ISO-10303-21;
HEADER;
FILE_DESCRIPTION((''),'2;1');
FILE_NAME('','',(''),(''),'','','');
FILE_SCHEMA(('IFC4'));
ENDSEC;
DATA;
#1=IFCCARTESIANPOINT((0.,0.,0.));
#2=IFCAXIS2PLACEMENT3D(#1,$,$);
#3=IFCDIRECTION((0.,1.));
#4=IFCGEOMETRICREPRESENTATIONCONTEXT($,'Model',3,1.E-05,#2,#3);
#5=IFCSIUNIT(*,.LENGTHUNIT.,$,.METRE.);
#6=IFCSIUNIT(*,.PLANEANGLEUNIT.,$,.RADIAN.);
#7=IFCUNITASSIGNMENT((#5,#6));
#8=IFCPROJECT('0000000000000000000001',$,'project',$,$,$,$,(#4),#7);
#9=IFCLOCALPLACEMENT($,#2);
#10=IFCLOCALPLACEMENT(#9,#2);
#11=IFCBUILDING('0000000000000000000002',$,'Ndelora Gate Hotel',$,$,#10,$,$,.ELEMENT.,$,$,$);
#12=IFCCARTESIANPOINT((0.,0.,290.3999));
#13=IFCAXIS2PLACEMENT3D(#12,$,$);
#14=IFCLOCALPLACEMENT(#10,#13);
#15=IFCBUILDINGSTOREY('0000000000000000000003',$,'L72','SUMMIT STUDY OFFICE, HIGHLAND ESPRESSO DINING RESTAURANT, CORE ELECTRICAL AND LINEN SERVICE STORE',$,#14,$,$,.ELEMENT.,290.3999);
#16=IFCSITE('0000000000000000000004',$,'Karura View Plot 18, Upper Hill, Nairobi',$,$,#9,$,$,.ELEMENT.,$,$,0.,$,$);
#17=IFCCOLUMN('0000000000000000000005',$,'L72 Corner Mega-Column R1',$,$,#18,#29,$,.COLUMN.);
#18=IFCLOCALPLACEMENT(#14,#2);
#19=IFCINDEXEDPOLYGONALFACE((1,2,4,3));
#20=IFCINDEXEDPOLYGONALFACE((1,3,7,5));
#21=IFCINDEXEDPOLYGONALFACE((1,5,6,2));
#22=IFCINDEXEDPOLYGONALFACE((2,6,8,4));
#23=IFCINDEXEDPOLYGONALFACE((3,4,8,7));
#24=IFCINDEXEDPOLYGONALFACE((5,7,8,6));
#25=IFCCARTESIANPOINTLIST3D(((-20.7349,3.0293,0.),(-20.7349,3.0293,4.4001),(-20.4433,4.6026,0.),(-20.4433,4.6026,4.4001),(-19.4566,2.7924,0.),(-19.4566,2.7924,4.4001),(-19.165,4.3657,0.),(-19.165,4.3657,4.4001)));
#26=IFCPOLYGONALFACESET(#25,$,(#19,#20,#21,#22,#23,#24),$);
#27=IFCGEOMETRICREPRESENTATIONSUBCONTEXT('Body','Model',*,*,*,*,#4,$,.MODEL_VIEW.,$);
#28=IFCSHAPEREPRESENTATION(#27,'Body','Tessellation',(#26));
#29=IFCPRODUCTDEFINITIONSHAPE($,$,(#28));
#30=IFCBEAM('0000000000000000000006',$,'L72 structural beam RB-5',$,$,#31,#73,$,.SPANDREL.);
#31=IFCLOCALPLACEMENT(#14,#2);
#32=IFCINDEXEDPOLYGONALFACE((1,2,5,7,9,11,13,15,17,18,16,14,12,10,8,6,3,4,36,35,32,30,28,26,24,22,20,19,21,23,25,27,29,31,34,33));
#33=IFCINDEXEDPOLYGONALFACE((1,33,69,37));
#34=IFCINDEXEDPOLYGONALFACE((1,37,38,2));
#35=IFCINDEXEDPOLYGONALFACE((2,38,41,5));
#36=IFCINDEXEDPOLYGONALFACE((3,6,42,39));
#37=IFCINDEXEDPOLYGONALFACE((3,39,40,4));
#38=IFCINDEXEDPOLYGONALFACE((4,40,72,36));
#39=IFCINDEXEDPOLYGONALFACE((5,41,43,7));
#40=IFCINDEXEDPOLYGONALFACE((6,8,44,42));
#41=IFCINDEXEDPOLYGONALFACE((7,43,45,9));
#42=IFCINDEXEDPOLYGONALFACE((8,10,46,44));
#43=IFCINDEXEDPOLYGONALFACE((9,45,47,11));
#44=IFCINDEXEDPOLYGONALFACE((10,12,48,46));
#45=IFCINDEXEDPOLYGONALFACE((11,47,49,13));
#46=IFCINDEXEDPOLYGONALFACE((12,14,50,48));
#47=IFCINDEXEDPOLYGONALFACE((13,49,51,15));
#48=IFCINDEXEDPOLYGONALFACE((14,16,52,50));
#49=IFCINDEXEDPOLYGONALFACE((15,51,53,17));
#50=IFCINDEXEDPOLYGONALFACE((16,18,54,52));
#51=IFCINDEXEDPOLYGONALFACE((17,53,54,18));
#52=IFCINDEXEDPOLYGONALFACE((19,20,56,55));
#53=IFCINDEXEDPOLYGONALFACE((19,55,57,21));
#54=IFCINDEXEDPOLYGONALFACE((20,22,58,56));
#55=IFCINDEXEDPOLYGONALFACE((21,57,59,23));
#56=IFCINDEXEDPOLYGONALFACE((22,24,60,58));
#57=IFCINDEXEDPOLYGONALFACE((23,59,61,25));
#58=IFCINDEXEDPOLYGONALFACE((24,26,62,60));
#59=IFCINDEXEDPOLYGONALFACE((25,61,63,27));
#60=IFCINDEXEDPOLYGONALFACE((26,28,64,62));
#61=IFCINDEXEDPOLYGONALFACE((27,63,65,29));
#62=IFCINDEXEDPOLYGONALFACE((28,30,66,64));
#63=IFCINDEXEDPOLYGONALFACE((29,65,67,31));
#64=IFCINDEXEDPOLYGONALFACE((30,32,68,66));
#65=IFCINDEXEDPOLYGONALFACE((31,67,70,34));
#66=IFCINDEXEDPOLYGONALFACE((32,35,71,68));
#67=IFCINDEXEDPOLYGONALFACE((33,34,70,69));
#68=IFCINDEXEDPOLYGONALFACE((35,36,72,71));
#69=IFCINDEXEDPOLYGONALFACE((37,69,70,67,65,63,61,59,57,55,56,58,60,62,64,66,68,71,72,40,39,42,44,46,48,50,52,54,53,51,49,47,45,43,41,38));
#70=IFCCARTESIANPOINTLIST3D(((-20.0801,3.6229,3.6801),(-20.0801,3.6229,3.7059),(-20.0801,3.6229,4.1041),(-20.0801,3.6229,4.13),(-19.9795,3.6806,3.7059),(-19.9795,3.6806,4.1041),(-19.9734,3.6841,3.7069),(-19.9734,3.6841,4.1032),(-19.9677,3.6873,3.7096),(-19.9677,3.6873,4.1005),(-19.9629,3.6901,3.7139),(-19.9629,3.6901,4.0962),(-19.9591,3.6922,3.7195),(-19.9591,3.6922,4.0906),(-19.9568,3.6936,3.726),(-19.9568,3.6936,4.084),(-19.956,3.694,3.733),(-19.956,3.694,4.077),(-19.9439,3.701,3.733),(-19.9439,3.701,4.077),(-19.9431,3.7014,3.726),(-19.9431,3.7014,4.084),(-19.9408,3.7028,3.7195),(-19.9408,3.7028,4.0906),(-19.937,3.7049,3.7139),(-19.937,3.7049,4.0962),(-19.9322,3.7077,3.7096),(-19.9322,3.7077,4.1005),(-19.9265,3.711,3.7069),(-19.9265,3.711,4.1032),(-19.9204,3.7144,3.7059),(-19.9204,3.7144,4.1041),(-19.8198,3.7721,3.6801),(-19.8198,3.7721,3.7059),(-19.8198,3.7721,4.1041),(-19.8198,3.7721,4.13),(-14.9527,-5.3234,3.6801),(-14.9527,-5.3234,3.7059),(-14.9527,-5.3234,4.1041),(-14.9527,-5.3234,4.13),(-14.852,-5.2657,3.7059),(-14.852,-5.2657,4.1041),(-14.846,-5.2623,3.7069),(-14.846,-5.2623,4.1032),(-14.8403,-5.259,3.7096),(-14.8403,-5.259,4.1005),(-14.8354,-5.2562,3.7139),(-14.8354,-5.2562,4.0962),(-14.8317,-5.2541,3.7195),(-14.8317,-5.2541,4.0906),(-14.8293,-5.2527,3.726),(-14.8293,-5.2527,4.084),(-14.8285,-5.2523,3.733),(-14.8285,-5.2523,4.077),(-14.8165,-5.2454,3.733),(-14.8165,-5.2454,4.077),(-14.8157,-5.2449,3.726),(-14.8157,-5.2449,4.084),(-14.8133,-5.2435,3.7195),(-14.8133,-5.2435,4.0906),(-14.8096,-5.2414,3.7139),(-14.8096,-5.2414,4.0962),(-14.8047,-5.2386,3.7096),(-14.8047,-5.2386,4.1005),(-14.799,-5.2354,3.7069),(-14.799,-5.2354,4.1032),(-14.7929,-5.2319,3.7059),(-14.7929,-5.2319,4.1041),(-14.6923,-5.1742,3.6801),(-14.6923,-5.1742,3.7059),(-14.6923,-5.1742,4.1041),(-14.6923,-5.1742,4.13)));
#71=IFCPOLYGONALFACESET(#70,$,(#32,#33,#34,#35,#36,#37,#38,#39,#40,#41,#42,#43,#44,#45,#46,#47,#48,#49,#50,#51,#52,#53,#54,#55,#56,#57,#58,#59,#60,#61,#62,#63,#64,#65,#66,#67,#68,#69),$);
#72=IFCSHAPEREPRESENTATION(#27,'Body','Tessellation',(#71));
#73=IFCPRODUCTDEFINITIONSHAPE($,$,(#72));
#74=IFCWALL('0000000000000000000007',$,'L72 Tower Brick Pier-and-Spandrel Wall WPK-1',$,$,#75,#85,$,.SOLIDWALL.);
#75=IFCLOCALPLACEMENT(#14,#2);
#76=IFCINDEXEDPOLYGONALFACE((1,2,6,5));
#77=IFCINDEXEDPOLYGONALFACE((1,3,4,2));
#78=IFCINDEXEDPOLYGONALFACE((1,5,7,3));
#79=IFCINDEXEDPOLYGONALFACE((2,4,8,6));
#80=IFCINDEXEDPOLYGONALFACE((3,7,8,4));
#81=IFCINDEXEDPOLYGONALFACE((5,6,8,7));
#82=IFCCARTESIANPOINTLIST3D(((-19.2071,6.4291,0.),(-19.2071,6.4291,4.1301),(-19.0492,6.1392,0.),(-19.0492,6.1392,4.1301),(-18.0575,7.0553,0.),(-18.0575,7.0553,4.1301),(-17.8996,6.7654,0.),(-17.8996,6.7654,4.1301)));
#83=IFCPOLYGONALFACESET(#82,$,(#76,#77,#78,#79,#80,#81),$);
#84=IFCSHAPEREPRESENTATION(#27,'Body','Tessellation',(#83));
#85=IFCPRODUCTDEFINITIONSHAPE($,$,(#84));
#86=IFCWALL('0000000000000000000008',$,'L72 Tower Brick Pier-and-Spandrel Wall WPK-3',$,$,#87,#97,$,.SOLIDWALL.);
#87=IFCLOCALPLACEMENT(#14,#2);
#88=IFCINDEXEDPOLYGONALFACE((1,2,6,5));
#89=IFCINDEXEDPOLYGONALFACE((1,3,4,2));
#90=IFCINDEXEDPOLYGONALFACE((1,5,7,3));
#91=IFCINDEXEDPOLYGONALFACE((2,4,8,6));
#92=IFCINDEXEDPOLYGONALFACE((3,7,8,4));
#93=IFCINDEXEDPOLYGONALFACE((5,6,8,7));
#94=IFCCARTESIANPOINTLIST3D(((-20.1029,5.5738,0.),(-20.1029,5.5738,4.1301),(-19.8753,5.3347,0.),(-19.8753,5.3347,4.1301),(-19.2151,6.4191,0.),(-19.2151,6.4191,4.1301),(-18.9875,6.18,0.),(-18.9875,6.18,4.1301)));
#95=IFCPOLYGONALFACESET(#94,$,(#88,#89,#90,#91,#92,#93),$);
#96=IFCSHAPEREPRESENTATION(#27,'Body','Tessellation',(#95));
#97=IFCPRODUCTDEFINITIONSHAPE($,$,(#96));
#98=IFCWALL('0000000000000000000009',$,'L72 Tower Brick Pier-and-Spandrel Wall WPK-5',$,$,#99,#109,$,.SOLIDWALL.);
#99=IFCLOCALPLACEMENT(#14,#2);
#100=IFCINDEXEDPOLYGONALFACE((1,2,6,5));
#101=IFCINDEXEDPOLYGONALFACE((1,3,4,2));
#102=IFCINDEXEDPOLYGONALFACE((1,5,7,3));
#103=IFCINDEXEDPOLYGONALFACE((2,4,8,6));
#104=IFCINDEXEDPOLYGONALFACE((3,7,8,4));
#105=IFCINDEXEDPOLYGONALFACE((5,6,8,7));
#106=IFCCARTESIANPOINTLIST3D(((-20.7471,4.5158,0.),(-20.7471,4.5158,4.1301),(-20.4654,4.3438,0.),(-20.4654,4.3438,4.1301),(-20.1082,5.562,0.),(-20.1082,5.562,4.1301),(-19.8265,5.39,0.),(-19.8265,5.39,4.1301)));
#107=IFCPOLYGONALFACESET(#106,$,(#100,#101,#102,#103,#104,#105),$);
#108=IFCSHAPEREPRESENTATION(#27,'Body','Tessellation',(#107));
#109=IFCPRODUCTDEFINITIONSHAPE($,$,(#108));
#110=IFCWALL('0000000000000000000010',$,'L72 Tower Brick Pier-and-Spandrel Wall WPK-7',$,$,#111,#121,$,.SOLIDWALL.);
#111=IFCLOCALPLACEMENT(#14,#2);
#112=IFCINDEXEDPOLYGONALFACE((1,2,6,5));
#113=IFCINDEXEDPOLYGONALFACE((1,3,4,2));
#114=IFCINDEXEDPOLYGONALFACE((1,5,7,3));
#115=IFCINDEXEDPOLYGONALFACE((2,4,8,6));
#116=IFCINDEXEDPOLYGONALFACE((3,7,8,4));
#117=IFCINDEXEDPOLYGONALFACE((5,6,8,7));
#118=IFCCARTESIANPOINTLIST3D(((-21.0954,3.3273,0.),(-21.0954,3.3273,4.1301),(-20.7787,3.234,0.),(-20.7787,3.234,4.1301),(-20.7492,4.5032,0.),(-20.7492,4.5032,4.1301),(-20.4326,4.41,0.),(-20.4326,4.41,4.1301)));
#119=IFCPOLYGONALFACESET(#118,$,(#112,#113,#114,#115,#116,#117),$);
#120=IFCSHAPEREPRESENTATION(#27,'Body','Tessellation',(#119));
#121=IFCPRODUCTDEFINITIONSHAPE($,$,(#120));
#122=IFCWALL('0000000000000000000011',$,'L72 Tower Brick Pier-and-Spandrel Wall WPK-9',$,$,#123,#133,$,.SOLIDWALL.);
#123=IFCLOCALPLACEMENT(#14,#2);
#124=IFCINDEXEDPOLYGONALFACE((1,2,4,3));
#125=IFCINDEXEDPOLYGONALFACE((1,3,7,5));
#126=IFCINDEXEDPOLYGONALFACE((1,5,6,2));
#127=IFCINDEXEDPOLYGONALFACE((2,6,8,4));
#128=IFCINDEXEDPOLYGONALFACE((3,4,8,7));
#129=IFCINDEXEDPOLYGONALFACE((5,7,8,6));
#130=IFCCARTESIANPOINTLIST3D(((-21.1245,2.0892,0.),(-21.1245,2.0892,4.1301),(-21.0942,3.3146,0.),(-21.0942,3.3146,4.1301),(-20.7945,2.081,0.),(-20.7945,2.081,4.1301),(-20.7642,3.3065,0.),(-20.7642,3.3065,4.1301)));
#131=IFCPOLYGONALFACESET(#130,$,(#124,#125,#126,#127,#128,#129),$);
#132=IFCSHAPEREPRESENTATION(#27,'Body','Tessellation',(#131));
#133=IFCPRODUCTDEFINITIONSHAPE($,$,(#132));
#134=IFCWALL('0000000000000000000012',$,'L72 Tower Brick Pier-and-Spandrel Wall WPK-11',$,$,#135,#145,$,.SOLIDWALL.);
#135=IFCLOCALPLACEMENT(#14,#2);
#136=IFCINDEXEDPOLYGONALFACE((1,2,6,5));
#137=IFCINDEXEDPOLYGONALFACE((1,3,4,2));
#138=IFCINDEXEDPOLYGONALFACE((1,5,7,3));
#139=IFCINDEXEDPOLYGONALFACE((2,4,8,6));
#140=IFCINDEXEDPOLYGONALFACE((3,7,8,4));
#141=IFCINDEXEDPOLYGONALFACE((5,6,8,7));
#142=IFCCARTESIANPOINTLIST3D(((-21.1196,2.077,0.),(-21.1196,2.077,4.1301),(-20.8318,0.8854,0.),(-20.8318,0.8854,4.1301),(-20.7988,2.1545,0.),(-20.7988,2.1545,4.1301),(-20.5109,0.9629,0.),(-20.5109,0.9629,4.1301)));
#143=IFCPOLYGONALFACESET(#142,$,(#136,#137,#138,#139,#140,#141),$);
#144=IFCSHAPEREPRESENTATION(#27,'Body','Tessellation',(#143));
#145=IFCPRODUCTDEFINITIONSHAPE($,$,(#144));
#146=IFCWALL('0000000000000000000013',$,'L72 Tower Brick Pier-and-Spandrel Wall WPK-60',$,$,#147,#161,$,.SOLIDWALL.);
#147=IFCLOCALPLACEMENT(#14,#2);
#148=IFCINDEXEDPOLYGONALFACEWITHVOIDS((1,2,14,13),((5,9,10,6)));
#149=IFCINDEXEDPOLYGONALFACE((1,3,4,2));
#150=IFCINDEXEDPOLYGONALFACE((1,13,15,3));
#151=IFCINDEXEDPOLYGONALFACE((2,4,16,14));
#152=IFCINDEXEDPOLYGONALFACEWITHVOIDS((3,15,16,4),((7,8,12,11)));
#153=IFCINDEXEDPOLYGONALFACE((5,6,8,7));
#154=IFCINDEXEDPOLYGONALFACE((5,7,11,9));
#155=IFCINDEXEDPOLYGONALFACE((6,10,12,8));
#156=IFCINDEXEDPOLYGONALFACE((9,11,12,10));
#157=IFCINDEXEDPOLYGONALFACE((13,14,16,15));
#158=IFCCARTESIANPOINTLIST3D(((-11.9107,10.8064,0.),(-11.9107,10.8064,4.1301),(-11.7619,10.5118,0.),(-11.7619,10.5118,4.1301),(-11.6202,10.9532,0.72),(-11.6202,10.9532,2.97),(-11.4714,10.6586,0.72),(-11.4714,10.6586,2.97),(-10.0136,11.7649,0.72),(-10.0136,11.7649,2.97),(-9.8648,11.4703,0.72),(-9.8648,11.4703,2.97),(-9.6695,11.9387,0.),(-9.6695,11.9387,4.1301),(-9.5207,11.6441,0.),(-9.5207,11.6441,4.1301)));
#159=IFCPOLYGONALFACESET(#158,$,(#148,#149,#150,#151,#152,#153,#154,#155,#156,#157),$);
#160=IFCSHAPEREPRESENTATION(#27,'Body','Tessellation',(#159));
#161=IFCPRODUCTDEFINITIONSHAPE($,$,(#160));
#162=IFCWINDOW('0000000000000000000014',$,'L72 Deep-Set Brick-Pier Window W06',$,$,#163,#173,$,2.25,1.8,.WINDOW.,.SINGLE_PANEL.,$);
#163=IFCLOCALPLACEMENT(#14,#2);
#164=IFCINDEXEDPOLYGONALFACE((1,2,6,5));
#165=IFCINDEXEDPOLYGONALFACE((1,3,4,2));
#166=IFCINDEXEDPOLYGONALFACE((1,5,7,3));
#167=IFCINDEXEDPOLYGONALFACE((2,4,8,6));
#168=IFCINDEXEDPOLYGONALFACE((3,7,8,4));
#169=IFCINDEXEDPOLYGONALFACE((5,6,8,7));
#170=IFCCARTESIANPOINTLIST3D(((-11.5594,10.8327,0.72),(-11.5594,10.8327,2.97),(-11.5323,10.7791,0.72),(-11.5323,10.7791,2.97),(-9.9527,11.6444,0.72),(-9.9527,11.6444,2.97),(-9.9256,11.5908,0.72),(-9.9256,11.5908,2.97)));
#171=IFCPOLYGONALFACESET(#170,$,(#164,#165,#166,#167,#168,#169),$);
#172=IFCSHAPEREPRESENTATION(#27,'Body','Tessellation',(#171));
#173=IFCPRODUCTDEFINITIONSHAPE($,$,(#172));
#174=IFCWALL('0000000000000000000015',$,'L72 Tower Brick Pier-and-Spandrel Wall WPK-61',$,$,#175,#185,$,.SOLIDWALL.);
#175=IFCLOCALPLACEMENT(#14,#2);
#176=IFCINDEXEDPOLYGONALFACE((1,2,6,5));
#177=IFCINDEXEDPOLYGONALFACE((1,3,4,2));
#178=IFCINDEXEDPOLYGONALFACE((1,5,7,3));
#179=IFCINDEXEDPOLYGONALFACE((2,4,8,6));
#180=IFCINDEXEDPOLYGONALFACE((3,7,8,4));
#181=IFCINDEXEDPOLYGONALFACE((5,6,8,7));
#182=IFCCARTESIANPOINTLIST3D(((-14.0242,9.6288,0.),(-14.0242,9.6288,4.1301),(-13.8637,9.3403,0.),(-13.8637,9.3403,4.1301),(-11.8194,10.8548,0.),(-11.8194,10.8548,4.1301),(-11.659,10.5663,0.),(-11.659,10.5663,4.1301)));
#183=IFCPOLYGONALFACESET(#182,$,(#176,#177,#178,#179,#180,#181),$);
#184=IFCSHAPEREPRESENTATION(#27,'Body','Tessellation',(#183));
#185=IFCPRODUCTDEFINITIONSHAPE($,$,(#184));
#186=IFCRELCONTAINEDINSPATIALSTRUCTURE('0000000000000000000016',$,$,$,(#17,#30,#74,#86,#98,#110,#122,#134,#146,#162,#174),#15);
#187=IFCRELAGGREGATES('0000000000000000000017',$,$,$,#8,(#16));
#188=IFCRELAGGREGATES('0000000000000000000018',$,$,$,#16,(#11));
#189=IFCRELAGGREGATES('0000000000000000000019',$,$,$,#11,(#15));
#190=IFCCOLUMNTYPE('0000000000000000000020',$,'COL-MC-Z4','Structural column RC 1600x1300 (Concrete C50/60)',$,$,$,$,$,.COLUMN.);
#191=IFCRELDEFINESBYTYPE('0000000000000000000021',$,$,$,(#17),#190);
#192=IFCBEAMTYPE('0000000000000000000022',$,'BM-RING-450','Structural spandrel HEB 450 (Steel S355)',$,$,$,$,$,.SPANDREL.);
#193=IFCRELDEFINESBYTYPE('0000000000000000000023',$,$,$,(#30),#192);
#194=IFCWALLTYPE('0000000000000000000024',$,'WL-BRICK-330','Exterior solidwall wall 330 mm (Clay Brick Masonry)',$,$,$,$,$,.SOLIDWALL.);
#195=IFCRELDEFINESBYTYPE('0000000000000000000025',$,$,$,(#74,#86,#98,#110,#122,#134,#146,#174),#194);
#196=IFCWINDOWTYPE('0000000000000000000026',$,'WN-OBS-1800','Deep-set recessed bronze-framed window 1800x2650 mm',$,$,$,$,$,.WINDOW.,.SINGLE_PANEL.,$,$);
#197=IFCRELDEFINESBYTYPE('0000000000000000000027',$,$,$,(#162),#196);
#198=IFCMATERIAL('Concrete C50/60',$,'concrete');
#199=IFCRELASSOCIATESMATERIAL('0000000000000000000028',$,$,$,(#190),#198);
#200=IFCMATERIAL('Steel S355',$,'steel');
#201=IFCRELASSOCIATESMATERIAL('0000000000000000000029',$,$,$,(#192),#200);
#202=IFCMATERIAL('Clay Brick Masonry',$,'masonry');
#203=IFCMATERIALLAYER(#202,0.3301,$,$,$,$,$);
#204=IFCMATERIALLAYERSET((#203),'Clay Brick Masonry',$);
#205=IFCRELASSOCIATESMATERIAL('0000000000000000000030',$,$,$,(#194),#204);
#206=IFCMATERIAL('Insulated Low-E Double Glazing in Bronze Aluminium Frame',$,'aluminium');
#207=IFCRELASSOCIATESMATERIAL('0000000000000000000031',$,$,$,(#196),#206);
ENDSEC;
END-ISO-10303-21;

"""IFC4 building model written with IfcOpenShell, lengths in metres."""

from ifc_helpers import new_model, si_unit, direction, frame, frame_2d, origin, origin_2d, place, context, subcontext, project, spatial, rectangle, i_section, extrude, material, layer, layer_set, material_profile, profile_set, type_object, element, fill, save


model = new_model("IFC4")

# Units and contexts
model_context = context("Model", 3, precision=1e-05, world=origin(), true_north=direction((0.0, 1.0)))
body_context = subcontext(model_context, "Body", "Model", "MODEL_VIEW")
ifc_project = project(units=[si_unit("LENGTHUNIT", "METRE"), si_unit("PLANEANGLEUNIT", "RADIAN")], contexts=[model_context])

# Site, building, storey
site_placement = place(None, origin())
site = spatial("IfcSite", under=ifc_project, at=site_placement, Name="Karura View Plot 18, Upper Hill, Nairobi", CompositionType="ELEMENT", RefElevation=0.0)
building_placement = place(site_placement, origin())
building = spatial("IfcBuilding", under=site, at=building_placement, Name="Ndelora Gate Hotel", CompositionType="ELEMENT")
storey_placement = place(building_placement, frame((0.0, 0.0, 290.3999)))
storey = spatial("IfcBuildingStorey", under=building, at=storey_placement, Name="L72", Description="SUMMIT STUDY OFFICE, HIGHLAND ESPRESSO DINING RESTAURANT, CORE ELECTRICAL AND LINEN SERVICE STORE", CompositionType="ELEMENT", Elevation=290.3999)

# Column
ifc_material_1 = material(Name="Concrete C50/60", Category="concrete")
ifc_material_profile_1 = material_profile(ifc_material_1, rectangle(XDim=1.3, YDim=1.6001, at=origin_2d()), Name="RC 1600x1300")
ifc_profile_set_1 = profile_set([ifc_material_profile_1], Name="Concrete C50/60")
column_type = type_object("IfcColumnType", Name="COL-MC-Z4", Description="Structural column RC 1600x1300 (Concrete C50/60)", PredefinedType="COLUMN", material=ifc_profile_set_1)
column_placement = place(storey_placement, frame((-19.95, 3.6975, 0.0), z_axis=(0.0, 0.0, 1.0), x_axis=(-0.983255, 0.182236, 0.0)))
element("IfcColumn", 1, at=column_placement, inside=storey, type_object=column_type, Name="L72 Corner Mega-Column R1", PredefinedType="COLUMN", context=body_context, shape_type="SweptSolid", body=[
    extrude(rectangle(XDim=1.3, YDim=1.6001, at=origin_2d()), origin(), (0.0, 0.0, 1.0), 4.4001),
])

# Beam
ifc_material_2 = material(Name="Steel S355", Category="steel")
ifc_material_profile_2 = material_profile(ifc_material_2, i_section(OverallWidth=0.3, OverallDepth=0.45, WebThickness=0.0139, FlangeThickness=0.0259, FilletRadius=0.0271, at=origin_2d()), Name="HEB 450")
ifc_profile_set_2 = profile_set([ifc_material_profile_2], Name="Steel S355")
beam_type = type_object("IfcBeamType", Name="BM-RING-450", Description="Structural spandrel HEB 450 (Steel S355)", PredefinedType="SPANDREL", material=ifc_profile_set_2)
beam_placement = place(storey_placement, frame((-19.95, 3.6975, 3.905), z_axis=(0.497255, -0.867604, 0.0), x_axis=(0.867604, 0.497255, 0.0)))
element("IfcBeam", 2, at=beam_placement, inside=storey, type_object=beam_type, Name="L72 structural beam RB-5", PredefinedType="SPANDREL", context=body_context, shape_type="SweptSolid", body=[
    extrude(i_section(OverallWidth=0.3, OverallDepth=0.45, WebThickness=0.0139, FlangeThickness=0.0259, FilletRadius=0.0271, at=origin_2d()), origin(), (0.0, 0.0, 1.0), 10.3115),
])

# Walls
ifc_material_3 = material(Name="Clay Brick Masonry", Category="masonry")
ifc_layer_1 = layer(ifc_material_3, 0.3301)
ifc_layer_set_1 = layer_set([ifc_layer_1], Name="Clay Brick Masonry")
wall_type_1 = type_object("IfcWallType", Name="WL-BRICK-330", Description="Exterior solidwall wall 330 mm (Clay Brick Masonry)", PredefinedType="SOLIDWALL", material=ifc_layer_set_1)
wall_1_placement = place(storey_placement, frame((-19.1282, 6.2842, 0.0), z_axis=(0.0, 0.0, 1.0), x_axis=(0.878173, 0.478342, 0.0)))
element("IfcWall", 3, at=wall_1_placement, inside=storey, type_object=wall_type_1, Name="L72 Tower Brick Pier-and-Spandrel Wall WPK-1", PredefinedType="SOLIDWALL", context=body_context, shape_type="SweptSolid", body=[
    extrude(rectangle(XDim=1.3091, YDim=0.3301, at=frame_2d((0.6545, 0.0))), origin(), (0.0, 0.0, 1.0), 4.1301),
])
for number, where, z_axis, x_axis, name in (
    (4, (-19.989, 5.4543, 0.0), (0.0, 0.0, 1.0), (0.724223, 0.689566, 0.0), "L72 Tower Brick Pier-and-Spandrel Wall WPK-3"),
    (5, (-20.6062, 4.4299, 0.0), (0.0, 0.0, 1.0), (0.521216, 0.853425, 0.0), "L72 Tower Brick Pier-and-Spandrel Wall WPK-5"),
    (6, (-20.937, 3.2808, 0.0), (0.0, 0.0, 1.0), (0.282393, 0.959299, 0.0), "L72 Tower Brick Pier-and-Spandrel Wall WPK-7"),
    (7, (-20.9595, 2.0852, 0.0), (0.0, 0.0, 1.0), (0.024699, 0.999695, 0.0), "L72 Tower Brick Pier-and-Spandrel Wall WPK-9"),
    (8, (-20.6714, 0.9243, 0.0), (0.0, 0.0, 1.0), (-0.234796, 0.972045, 0.0), "L72 Tower Brick Pier-and-Spandrel Wall WPK-11"),
):
    element("IfcWall", number, at=place(storey_placement, frame(where, z_axis=z_axis, x_axis=x_axis)), inside=storey, type_object=wall_type_1, Name=name, PredefinedType="SOLIDWALL", context=body_context, shape_type="SweptSolid", body=[
        extrude(rectangle(XDim=1.2258, YDim=0.3301, at=frame_2d((0.6128, 0.0))), origin(), (0.0, 0.0, 1.0), 4.1301),
    ])

# Wall, opening, window
wall_2_placement = place(storey_placement, frame((-11.8362, 10.6592, 0.0), z_axis=(0.0, 0.0, 1.0), x_axis=(0.892553, 0.450943, 0.0)))
wall_2 = element("IfcWall", 9, at=wall_2_placement, inside=storey, type_object=wall_type_1, Name="L72 Tower Brick Pier-and-Spandrel Wall WPK-60", PredefinedType="SOLIDWALL", context=body_context, shape_type="SweptSolid", body=[
    extrude(rectangle(XDim=2.511, YDim=0.3301, at=frame_2d((1.2554, 0.0))), origin(), (0.0, 0.0, 1.0), 4.1301),
])
opening_1_placement = place(wall_2_placement, frame((0.3254, 0.0, 0.72)))
opening_1 = element("IfcOpeningElement", 10, at=opening_1_placement, cuts=wall_2, PredefinedType="OPENING", context=body_context, shape_type="SweptSolid", body=[
    extrude(rectangle(XDim=1.8, YDim=2.25, at=frame_2d((0.8999, 1.125))), frame((0.0, 0.175, 0.0), z_axis=(0.0, -1.0, 0.0), x_axis=(1.0, 0.0, 0.0)), (0.0, 0.0, 1.0), 0.3501),
])
ifc_material_4 = material(Name="Insulated Low-E Double Glazing in Bronze Aluminium Frame", Category="aluminium")
window_type = type_object("IfcWindowType", Name="WN-OBS-1800", Description="Deep-set recessed bronze-framed window 1800x2650 mm", PartitioningType="SINGLE_PANEL", PredefinedType="WINDOW", material=ifc_material_4)
window_1_placement = place(opening_1_placement, origin())
window_1 = element("IfcWindow", 11, at=window_1_placement, inside=storey, type_object=window_type, Name="L72 Deep-Set Brick-Pier Window W06", OverallHeight=2.25, OverallWidth=1.8, PartitioningType="SINGLE_PANEL", PredefinedType="WINDOW", context=body_context, shape_type="SweptSolid", body=[
    extrude(rectangle(XDim=1.8, YDim=2.25, at=frame_2d((0.8999, 1.125))), frame((0.0, 0.03, 0.0), z_axis=(0.0, -1.0, 0.0), x_axis=(1.0, 0.0, 0.0)), (0.0, 0.0, 1.0), 0.0601),
])
fill(opening_1, window_1)

# Wall
wall_3_placement = place(storey_placement, frame((-13.9438, 9.4846, 0.0), z_axis=(0.0, 0.0, 1.0), x_axis=(0.873961, 0.485996, 0.0)))
element("IfcWall", 12, at=wall_3_placement, inside=storey, type_object=wall_type_1, Name="L72 Tower Brick Pier-and-Spandrel Wall WPK-61", PredefinedType="SOLIDWALL", context=body_context, shape_type="SweptSolid", body=[
    extrude(rectangle(XDim=2.5227, YDim=0.3301, at=frame_2d((1.2612, 0.0))), origin(), (0.0, 0.0, 1.0), 4.1301),
])

save(model, "model.ifc")
